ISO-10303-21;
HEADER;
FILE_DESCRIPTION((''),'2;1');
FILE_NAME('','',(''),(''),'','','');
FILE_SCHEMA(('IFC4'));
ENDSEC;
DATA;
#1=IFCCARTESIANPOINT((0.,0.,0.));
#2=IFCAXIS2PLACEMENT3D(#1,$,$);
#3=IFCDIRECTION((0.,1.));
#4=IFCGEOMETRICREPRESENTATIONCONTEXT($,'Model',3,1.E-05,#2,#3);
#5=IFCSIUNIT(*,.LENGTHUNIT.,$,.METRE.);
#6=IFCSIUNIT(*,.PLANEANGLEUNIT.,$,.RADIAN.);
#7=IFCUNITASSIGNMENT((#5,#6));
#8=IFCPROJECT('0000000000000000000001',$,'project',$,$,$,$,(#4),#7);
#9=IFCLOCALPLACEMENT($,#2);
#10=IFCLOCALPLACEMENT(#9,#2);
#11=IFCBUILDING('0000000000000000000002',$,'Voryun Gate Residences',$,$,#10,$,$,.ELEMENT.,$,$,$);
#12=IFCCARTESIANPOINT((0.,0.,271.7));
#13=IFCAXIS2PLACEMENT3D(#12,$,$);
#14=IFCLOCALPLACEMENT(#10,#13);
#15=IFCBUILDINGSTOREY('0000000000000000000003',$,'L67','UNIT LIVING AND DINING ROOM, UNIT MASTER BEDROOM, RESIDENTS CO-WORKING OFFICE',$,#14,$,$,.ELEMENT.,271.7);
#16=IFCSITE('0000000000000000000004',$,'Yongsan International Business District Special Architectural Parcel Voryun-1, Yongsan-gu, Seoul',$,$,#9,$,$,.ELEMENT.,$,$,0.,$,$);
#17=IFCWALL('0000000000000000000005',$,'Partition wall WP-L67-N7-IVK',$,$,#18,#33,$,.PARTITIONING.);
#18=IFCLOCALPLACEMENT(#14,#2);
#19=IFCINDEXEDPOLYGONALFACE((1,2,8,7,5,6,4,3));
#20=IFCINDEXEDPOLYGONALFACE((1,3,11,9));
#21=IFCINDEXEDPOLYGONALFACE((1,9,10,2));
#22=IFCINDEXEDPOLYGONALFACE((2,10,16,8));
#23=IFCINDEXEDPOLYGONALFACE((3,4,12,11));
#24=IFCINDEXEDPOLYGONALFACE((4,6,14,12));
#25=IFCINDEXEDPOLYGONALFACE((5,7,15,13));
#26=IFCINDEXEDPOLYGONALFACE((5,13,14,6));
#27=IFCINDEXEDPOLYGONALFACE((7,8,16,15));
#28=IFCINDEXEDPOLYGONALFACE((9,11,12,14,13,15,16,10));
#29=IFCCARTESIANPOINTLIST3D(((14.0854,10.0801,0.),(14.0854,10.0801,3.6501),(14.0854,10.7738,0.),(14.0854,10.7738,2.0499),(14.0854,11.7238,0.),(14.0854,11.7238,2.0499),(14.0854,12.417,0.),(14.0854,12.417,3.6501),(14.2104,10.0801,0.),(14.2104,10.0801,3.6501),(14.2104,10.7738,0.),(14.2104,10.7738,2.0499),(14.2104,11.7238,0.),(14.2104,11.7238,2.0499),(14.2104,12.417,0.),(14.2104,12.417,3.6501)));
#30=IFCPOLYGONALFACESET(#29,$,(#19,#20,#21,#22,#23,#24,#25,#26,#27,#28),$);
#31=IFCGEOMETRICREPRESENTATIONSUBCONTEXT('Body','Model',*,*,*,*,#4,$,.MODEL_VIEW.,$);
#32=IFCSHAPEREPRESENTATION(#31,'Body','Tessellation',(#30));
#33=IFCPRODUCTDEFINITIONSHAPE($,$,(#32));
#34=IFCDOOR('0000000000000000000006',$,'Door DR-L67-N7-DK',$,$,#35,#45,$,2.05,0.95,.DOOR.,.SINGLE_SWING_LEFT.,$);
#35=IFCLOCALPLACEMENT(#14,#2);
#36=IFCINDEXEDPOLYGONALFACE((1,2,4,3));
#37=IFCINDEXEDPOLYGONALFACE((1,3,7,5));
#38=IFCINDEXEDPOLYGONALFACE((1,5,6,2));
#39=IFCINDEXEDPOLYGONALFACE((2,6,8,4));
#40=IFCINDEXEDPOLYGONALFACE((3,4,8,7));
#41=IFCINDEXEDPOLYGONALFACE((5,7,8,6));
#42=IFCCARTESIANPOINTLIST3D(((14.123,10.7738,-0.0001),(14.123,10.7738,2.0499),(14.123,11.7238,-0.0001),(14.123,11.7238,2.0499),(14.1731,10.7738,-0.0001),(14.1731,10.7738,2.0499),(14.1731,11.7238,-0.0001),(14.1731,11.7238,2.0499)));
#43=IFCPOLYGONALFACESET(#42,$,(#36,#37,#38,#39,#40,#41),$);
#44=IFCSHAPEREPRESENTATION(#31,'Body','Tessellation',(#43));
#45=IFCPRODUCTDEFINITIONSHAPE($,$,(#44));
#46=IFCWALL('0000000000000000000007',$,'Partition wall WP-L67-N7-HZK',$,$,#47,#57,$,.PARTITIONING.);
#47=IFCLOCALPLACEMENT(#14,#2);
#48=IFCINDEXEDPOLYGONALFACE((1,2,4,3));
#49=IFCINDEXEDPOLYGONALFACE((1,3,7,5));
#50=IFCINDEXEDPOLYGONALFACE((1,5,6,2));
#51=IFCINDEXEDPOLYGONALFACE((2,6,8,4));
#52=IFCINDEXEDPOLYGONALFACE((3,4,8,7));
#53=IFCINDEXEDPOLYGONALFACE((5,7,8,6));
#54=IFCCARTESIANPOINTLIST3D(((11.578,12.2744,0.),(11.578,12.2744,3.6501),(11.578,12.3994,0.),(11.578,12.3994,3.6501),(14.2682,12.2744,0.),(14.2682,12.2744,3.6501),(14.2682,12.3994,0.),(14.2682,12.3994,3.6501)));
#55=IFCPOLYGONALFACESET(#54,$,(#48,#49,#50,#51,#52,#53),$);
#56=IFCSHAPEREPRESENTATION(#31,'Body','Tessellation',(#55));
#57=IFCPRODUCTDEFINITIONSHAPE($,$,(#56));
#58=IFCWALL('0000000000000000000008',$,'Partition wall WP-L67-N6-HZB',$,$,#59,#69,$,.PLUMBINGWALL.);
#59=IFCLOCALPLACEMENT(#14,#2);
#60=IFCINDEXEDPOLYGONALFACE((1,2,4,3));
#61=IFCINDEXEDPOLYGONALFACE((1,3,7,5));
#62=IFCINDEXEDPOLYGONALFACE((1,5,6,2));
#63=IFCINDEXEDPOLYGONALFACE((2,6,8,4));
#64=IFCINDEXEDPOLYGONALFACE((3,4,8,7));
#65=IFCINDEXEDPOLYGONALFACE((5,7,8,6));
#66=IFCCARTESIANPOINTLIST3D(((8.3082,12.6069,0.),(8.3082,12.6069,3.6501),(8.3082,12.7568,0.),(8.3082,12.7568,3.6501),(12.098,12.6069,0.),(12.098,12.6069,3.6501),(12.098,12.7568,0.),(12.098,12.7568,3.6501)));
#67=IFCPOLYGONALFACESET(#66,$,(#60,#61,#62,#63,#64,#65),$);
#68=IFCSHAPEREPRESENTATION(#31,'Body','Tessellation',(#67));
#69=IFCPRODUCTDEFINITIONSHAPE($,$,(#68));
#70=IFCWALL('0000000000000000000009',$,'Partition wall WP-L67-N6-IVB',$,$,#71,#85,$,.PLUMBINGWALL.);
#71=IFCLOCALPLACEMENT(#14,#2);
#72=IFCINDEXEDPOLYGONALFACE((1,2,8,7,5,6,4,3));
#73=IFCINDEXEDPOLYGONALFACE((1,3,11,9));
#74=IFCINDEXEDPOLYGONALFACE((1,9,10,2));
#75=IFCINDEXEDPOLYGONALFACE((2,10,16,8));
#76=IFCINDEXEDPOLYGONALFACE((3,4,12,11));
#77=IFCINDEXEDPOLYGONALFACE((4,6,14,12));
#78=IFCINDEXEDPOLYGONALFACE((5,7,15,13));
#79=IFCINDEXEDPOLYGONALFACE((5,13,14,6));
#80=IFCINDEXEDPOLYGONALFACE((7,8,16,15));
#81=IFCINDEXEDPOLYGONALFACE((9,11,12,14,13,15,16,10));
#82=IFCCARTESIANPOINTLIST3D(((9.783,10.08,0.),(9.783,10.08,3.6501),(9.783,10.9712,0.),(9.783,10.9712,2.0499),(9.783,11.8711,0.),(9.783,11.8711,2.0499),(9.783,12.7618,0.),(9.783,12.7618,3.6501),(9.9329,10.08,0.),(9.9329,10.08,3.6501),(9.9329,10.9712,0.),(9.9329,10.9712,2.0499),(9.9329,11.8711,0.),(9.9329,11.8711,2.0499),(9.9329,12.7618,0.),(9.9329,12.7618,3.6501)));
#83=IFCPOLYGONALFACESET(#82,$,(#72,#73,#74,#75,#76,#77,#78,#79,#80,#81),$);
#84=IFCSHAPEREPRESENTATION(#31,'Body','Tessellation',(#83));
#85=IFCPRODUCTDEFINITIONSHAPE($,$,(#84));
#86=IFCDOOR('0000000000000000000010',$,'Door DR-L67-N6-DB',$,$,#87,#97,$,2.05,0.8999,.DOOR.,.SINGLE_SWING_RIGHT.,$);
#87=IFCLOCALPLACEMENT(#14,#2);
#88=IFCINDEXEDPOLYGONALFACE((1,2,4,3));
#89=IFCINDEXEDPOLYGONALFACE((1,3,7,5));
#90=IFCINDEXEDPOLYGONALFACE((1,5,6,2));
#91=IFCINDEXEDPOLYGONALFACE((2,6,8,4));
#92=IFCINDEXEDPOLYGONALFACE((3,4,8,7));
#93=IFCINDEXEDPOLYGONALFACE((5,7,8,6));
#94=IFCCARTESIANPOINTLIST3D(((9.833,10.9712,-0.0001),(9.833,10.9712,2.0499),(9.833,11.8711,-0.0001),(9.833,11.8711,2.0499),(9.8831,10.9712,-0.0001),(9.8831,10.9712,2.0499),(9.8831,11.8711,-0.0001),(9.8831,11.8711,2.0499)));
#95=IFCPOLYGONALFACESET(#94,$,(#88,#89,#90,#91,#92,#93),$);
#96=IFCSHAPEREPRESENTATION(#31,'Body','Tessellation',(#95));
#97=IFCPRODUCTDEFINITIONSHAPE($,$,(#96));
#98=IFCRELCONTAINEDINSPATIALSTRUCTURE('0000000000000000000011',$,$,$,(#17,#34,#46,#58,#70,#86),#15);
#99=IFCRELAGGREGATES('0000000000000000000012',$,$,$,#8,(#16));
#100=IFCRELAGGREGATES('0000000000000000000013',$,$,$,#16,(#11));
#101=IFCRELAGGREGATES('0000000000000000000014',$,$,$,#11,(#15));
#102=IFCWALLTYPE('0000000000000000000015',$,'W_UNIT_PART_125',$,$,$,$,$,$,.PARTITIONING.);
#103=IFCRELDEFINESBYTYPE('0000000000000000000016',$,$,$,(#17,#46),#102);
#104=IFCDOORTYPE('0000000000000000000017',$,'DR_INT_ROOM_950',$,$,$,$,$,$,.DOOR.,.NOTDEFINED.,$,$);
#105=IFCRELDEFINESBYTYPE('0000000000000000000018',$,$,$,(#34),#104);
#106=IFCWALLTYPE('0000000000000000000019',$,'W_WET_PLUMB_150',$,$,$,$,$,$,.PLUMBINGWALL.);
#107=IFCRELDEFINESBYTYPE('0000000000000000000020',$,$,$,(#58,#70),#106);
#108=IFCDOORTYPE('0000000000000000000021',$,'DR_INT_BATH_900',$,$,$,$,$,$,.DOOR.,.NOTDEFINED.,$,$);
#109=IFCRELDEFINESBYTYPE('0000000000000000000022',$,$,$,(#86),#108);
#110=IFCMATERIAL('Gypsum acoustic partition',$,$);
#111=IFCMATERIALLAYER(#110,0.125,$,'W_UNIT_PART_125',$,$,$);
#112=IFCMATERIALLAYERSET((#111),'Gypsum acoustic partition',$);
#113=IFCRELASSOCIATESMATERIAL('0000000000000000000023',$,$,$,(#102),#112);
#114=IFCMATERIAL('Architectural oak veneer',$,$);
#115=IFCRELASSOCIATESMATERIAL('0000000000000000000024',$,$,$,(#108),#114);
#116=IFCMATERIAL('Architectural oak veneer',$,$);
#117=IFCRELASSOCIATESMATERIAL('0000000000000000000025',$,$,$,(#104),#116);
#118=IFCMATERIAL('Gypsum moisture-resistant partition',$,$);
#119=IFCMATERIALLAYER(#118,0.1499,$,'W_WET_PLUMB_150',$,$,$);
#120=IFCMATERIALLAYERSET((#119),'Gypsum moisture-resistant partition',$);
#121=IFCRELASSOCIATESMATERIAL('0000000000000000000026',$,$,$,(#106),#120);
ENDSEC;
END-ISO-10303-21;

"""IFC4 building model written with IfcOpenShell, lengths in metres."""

from ifc_helpers import new_model, si_unit, direction, frame, frame_2d, origin, place, context, subcontext, project, spatial, rectangle, extrude, material, layer, layer_set, type_object, element, fill, save


model = new_model("IFC4")

# Units and contexts
model_context = context("Model", 3, precision=1e-05, world=origin(), true_north=direction((0.0, 1.0)))
body_context = subcontext(model_context, "Body", "Model", "MODEL_VIEW")
ifc_project = project(units=[si_unit("LENGTHUNIT", "METRE"), si_unit("PLANEANGLEUNIT", "RADIAN")], contexts=[model_context])

# Site, building, storey
site_placement = place(None, origin())
site = spatial("IfcSite", under=ifc_project, at=site_placement, Name="Yongsan International Business District Special Architectural Parcel Voryun-1, Yongsan-gu, Seoul", CompositionType="ELEMENT", RefElevation=0.0)
building_placement = place(site_placement, origin())
building = spatial("IfcBuilding", under=site, at=building_placement, Name="Voryun Gate Residences", CompositionType="ELEMENT")
storey_placement = place(building_placement, frame((0.0, 0.0, 271.7)))
storey = spatial("IfcBuildingStorey", under=building, at=storey_placement, Name="L67", Description="UNIT LIVING AND DINING ROOM, UNIT MASTER BEDROOM, RESIDENTS CO-WORKING OFFICE", CompositionType="ELEMENT", Elevation=271.7)

# Shared definitions
ifc_material_1 = material(Name="Gypsum acoustic partition")
ifc_layer_1 = layer(ifc_material_1, 0.125, Name="W_UNIT_PART_125")
ifc_layer_set_1 = layer_set([ifc_layer_1], Name="Gypsum acoustic partition")
wall_type_1 = type_object("IfcWallType", Name="W_UNIT_PART_125", PredefinedType="PARTITIONING", material=ifc_layer_set_1)
ifc_material_2 = material(Name="Architectural oak veneer")
door_type_1 = type_object("IfcDoorType", Name="DR_INT_BATH_900", OperationType="NOTDEFINED", PredefinedType="DOOR", material=ifc_material_2)
ifc_material_3 = material(Name="Architectural oak veneer")
door_type_2 = type_object("IfcDoorType", Name="DR_INT_ROOM_950", OperationType="NOTDEFINED", PredefinedType="DOOR", material=ifc_material_3)

# Wall, opening, door
wall_1_placement = place(storey_placement, frame((14.1479, 10.0801, 0.0), z_axis=(0.0, 0.0, 1.0), x_axis=(0.0, 1.0, 0.0)))
wall_1 = element("IfcWall", 1, at=wall_1_placement, inside=storey, type_object=wall_type_1, Name="Partition wall WP-L67-N7-IVK", PredefinedType="PARTITIONING", context=body_context, shape_type="SweptSolid", body=[
    extrude(rectangle(XDim=2.3369, YDim=0.125, at=frame_2d((1.1685, 0.0))), origin(), (0.0, 0.0, 1.0), 3.6501),
])
opening_1_placement = place(wall_1_placement, frame((0.6936, 0.0, 0.0)))
opening_1 = element("IfcOpeningElement", 2, at=opening_1_placement, cuts=wall_1, PredefinedType="OPENING", context=body_context, shape_type="SweptSolid", body=[
    extrude(rectangle(XDim=0.95, YDim=2.05, at=frame_2d((0.4751, 1.0249))), frame((0.0, 0.0725, 0.0), z_axis=(0.0, -1.0, 0.0), x_axis=(1.0, 0.0, 0.0)), (0.0, 0.0, 1.0), 0.145),
])
door_1_placement = place(opening_1_placement, origin())
door_1 = element("IfcDoor", 3, at=door_1_placement, inside=storey, type_object=door_type_2, Name="Door DR-L67-N7-DK", OperationType="SINGLE_SWING_LEFT", OverallHeight=2.05, OverallWidth=0.95, PredefinedType="DOOR", context=body_context, shape_type="SweptSolid", body=[
    extrude(rectangle(XDim=0.95, YDim=2.05, at=frame_2d((0.4751, 1.0249))), frame((0.0, 0.0249, 0.0), z_axis=(0.0, -1.0, 0.0), x_axis=(1.0, 0.0, 0.0)), (0.0, 0.0, 1.0), 0.05),
])
fill(opening_1, door_1)

# Walls
wall_2_placement = place(storey_placement, frame((11.5779, 12.3369, 0.0), z_axis=(0.0, 0.0, 1.0), x_axis=(1.0, 0.0, 0.0)))
element("IfcWall", 4, at=wall_2_placement, inside=storey, type_object=wall_type_1, Name="Partition wall WP-L67-N7-HZK", PredefinedType="PARTITIONING", context=body_context, shape_type="SweptSolid", body=[
    extrude(rectangle(XDim=2.6902, YDim=0.125, at=frame_2d((1.3452, 0.0))), origin(), (0.0, 0.0, 1.0), 3.6501),
])
ifc_material_4 = material(Name="Gypsum moisture-resistant partition")
ifc_layer_2 = layer(ifc_material_4, 0.1499, Name="W_WET_PLUMB_150")
ifc_layer_set_2 = layer_set([ifc_layer_2], Name="Gypsum moisture-resistant partition")
wall_type_2 = type_object("IfcWallType", Name="W_WET_PLUMB_150", PredefinedType="PLUMBINGWALL", material=ifc_layer_set_2)
wall_3_placement = place(storey_placement, frame((8.3081, 12.6819, 0.0), z_axis=(0.0, 0.0, 1.0), x_axis=(1.0, 0.0, 0.0)))
element("IfcWall", 5, at=wall_3_placement, inside=storey, type_object=wall_type_2, Name="Partition wall WP-L67-N6-HZB", PredefinedType="PLUMBINGWALL", context=body_context, shape_type="SweptSolid", body=[
    extrude(rectangle(XDim=3.7898, YDim=0.1499, at=frame_2d((1.895, 0.0))), origin(), (0.0, 0.0, 1.0), 3.6501),
])

# Wall, opening, door
wall_4_placement = place(storey_placement, frame((9.8579, 10.0801, 0.0), z_axis=(0.0, 0.0, 1.0), x_axis=(0.0, 1.0, 0.0)))
wall_4 = element("IfcWall", 6, at=wall_4_placement, inside=storey, type_object=wall_type_2, Name="Partition wall WP-L67-N6-IVB", PredefinedType="PLUMBINGWALL", context=body_context, shape_type="SweptSolid", body=[
    extrude(rectangle(XDim=2.6819, YDim=0.1499, at=frame_2d((1.3408, 0.0))), origin(), (0.0, 0.0, 1.0), 3.6501),
])
opening_2_placement = place(wall_4_placement, frame((0.8911, 0.0, 0.0)))
opening_2 = element("IfcOpeningElement", 7, at=opening_2_placement, cuts=wall_4, PredefinedType="OPENING", context=body_context, shape_type="SweptSolid", body=[
    extrude(rectangle(XDim=0.8999, YDim=2.05, at=frame_2d((0.45, 1.0249))), frame((0.0, 0.085, 0.0), z_axis=(0.0, -1.0, 0.0), x_axis=(1.0, 0.0, 0.0)), (0.0, 0.0, 1.0), 0.1699),
])
door_2_placement = place(opening_2_placement, origin())
door_2 = element("IfcDoor", 8, at=door_2_placement, inside=storey, type_object=door_type_1, Name="Door DR-L67-N6-DB", OperationType="SINGLE_SWING_RIGHT", OverallHeight=2.05, OverallWidth=0.8999, PredefinedType="DOOR", context=body_context, shape_type="SweptSolid", body=[
    extrude(rectangle(XDim=0.8999, YDim=2.05, at=frame_2d((0.45, 1.0249))), frame((0.0, 0.0249, 0.0), z_axis=(0.0, -1.0, 0.0), x_axis=(1.0, 0.0, 0.0)), (0.0, 0.0, 1.0), 0.05),
])
fill(opening_2, door_2)

save(model, "model.ifc")
